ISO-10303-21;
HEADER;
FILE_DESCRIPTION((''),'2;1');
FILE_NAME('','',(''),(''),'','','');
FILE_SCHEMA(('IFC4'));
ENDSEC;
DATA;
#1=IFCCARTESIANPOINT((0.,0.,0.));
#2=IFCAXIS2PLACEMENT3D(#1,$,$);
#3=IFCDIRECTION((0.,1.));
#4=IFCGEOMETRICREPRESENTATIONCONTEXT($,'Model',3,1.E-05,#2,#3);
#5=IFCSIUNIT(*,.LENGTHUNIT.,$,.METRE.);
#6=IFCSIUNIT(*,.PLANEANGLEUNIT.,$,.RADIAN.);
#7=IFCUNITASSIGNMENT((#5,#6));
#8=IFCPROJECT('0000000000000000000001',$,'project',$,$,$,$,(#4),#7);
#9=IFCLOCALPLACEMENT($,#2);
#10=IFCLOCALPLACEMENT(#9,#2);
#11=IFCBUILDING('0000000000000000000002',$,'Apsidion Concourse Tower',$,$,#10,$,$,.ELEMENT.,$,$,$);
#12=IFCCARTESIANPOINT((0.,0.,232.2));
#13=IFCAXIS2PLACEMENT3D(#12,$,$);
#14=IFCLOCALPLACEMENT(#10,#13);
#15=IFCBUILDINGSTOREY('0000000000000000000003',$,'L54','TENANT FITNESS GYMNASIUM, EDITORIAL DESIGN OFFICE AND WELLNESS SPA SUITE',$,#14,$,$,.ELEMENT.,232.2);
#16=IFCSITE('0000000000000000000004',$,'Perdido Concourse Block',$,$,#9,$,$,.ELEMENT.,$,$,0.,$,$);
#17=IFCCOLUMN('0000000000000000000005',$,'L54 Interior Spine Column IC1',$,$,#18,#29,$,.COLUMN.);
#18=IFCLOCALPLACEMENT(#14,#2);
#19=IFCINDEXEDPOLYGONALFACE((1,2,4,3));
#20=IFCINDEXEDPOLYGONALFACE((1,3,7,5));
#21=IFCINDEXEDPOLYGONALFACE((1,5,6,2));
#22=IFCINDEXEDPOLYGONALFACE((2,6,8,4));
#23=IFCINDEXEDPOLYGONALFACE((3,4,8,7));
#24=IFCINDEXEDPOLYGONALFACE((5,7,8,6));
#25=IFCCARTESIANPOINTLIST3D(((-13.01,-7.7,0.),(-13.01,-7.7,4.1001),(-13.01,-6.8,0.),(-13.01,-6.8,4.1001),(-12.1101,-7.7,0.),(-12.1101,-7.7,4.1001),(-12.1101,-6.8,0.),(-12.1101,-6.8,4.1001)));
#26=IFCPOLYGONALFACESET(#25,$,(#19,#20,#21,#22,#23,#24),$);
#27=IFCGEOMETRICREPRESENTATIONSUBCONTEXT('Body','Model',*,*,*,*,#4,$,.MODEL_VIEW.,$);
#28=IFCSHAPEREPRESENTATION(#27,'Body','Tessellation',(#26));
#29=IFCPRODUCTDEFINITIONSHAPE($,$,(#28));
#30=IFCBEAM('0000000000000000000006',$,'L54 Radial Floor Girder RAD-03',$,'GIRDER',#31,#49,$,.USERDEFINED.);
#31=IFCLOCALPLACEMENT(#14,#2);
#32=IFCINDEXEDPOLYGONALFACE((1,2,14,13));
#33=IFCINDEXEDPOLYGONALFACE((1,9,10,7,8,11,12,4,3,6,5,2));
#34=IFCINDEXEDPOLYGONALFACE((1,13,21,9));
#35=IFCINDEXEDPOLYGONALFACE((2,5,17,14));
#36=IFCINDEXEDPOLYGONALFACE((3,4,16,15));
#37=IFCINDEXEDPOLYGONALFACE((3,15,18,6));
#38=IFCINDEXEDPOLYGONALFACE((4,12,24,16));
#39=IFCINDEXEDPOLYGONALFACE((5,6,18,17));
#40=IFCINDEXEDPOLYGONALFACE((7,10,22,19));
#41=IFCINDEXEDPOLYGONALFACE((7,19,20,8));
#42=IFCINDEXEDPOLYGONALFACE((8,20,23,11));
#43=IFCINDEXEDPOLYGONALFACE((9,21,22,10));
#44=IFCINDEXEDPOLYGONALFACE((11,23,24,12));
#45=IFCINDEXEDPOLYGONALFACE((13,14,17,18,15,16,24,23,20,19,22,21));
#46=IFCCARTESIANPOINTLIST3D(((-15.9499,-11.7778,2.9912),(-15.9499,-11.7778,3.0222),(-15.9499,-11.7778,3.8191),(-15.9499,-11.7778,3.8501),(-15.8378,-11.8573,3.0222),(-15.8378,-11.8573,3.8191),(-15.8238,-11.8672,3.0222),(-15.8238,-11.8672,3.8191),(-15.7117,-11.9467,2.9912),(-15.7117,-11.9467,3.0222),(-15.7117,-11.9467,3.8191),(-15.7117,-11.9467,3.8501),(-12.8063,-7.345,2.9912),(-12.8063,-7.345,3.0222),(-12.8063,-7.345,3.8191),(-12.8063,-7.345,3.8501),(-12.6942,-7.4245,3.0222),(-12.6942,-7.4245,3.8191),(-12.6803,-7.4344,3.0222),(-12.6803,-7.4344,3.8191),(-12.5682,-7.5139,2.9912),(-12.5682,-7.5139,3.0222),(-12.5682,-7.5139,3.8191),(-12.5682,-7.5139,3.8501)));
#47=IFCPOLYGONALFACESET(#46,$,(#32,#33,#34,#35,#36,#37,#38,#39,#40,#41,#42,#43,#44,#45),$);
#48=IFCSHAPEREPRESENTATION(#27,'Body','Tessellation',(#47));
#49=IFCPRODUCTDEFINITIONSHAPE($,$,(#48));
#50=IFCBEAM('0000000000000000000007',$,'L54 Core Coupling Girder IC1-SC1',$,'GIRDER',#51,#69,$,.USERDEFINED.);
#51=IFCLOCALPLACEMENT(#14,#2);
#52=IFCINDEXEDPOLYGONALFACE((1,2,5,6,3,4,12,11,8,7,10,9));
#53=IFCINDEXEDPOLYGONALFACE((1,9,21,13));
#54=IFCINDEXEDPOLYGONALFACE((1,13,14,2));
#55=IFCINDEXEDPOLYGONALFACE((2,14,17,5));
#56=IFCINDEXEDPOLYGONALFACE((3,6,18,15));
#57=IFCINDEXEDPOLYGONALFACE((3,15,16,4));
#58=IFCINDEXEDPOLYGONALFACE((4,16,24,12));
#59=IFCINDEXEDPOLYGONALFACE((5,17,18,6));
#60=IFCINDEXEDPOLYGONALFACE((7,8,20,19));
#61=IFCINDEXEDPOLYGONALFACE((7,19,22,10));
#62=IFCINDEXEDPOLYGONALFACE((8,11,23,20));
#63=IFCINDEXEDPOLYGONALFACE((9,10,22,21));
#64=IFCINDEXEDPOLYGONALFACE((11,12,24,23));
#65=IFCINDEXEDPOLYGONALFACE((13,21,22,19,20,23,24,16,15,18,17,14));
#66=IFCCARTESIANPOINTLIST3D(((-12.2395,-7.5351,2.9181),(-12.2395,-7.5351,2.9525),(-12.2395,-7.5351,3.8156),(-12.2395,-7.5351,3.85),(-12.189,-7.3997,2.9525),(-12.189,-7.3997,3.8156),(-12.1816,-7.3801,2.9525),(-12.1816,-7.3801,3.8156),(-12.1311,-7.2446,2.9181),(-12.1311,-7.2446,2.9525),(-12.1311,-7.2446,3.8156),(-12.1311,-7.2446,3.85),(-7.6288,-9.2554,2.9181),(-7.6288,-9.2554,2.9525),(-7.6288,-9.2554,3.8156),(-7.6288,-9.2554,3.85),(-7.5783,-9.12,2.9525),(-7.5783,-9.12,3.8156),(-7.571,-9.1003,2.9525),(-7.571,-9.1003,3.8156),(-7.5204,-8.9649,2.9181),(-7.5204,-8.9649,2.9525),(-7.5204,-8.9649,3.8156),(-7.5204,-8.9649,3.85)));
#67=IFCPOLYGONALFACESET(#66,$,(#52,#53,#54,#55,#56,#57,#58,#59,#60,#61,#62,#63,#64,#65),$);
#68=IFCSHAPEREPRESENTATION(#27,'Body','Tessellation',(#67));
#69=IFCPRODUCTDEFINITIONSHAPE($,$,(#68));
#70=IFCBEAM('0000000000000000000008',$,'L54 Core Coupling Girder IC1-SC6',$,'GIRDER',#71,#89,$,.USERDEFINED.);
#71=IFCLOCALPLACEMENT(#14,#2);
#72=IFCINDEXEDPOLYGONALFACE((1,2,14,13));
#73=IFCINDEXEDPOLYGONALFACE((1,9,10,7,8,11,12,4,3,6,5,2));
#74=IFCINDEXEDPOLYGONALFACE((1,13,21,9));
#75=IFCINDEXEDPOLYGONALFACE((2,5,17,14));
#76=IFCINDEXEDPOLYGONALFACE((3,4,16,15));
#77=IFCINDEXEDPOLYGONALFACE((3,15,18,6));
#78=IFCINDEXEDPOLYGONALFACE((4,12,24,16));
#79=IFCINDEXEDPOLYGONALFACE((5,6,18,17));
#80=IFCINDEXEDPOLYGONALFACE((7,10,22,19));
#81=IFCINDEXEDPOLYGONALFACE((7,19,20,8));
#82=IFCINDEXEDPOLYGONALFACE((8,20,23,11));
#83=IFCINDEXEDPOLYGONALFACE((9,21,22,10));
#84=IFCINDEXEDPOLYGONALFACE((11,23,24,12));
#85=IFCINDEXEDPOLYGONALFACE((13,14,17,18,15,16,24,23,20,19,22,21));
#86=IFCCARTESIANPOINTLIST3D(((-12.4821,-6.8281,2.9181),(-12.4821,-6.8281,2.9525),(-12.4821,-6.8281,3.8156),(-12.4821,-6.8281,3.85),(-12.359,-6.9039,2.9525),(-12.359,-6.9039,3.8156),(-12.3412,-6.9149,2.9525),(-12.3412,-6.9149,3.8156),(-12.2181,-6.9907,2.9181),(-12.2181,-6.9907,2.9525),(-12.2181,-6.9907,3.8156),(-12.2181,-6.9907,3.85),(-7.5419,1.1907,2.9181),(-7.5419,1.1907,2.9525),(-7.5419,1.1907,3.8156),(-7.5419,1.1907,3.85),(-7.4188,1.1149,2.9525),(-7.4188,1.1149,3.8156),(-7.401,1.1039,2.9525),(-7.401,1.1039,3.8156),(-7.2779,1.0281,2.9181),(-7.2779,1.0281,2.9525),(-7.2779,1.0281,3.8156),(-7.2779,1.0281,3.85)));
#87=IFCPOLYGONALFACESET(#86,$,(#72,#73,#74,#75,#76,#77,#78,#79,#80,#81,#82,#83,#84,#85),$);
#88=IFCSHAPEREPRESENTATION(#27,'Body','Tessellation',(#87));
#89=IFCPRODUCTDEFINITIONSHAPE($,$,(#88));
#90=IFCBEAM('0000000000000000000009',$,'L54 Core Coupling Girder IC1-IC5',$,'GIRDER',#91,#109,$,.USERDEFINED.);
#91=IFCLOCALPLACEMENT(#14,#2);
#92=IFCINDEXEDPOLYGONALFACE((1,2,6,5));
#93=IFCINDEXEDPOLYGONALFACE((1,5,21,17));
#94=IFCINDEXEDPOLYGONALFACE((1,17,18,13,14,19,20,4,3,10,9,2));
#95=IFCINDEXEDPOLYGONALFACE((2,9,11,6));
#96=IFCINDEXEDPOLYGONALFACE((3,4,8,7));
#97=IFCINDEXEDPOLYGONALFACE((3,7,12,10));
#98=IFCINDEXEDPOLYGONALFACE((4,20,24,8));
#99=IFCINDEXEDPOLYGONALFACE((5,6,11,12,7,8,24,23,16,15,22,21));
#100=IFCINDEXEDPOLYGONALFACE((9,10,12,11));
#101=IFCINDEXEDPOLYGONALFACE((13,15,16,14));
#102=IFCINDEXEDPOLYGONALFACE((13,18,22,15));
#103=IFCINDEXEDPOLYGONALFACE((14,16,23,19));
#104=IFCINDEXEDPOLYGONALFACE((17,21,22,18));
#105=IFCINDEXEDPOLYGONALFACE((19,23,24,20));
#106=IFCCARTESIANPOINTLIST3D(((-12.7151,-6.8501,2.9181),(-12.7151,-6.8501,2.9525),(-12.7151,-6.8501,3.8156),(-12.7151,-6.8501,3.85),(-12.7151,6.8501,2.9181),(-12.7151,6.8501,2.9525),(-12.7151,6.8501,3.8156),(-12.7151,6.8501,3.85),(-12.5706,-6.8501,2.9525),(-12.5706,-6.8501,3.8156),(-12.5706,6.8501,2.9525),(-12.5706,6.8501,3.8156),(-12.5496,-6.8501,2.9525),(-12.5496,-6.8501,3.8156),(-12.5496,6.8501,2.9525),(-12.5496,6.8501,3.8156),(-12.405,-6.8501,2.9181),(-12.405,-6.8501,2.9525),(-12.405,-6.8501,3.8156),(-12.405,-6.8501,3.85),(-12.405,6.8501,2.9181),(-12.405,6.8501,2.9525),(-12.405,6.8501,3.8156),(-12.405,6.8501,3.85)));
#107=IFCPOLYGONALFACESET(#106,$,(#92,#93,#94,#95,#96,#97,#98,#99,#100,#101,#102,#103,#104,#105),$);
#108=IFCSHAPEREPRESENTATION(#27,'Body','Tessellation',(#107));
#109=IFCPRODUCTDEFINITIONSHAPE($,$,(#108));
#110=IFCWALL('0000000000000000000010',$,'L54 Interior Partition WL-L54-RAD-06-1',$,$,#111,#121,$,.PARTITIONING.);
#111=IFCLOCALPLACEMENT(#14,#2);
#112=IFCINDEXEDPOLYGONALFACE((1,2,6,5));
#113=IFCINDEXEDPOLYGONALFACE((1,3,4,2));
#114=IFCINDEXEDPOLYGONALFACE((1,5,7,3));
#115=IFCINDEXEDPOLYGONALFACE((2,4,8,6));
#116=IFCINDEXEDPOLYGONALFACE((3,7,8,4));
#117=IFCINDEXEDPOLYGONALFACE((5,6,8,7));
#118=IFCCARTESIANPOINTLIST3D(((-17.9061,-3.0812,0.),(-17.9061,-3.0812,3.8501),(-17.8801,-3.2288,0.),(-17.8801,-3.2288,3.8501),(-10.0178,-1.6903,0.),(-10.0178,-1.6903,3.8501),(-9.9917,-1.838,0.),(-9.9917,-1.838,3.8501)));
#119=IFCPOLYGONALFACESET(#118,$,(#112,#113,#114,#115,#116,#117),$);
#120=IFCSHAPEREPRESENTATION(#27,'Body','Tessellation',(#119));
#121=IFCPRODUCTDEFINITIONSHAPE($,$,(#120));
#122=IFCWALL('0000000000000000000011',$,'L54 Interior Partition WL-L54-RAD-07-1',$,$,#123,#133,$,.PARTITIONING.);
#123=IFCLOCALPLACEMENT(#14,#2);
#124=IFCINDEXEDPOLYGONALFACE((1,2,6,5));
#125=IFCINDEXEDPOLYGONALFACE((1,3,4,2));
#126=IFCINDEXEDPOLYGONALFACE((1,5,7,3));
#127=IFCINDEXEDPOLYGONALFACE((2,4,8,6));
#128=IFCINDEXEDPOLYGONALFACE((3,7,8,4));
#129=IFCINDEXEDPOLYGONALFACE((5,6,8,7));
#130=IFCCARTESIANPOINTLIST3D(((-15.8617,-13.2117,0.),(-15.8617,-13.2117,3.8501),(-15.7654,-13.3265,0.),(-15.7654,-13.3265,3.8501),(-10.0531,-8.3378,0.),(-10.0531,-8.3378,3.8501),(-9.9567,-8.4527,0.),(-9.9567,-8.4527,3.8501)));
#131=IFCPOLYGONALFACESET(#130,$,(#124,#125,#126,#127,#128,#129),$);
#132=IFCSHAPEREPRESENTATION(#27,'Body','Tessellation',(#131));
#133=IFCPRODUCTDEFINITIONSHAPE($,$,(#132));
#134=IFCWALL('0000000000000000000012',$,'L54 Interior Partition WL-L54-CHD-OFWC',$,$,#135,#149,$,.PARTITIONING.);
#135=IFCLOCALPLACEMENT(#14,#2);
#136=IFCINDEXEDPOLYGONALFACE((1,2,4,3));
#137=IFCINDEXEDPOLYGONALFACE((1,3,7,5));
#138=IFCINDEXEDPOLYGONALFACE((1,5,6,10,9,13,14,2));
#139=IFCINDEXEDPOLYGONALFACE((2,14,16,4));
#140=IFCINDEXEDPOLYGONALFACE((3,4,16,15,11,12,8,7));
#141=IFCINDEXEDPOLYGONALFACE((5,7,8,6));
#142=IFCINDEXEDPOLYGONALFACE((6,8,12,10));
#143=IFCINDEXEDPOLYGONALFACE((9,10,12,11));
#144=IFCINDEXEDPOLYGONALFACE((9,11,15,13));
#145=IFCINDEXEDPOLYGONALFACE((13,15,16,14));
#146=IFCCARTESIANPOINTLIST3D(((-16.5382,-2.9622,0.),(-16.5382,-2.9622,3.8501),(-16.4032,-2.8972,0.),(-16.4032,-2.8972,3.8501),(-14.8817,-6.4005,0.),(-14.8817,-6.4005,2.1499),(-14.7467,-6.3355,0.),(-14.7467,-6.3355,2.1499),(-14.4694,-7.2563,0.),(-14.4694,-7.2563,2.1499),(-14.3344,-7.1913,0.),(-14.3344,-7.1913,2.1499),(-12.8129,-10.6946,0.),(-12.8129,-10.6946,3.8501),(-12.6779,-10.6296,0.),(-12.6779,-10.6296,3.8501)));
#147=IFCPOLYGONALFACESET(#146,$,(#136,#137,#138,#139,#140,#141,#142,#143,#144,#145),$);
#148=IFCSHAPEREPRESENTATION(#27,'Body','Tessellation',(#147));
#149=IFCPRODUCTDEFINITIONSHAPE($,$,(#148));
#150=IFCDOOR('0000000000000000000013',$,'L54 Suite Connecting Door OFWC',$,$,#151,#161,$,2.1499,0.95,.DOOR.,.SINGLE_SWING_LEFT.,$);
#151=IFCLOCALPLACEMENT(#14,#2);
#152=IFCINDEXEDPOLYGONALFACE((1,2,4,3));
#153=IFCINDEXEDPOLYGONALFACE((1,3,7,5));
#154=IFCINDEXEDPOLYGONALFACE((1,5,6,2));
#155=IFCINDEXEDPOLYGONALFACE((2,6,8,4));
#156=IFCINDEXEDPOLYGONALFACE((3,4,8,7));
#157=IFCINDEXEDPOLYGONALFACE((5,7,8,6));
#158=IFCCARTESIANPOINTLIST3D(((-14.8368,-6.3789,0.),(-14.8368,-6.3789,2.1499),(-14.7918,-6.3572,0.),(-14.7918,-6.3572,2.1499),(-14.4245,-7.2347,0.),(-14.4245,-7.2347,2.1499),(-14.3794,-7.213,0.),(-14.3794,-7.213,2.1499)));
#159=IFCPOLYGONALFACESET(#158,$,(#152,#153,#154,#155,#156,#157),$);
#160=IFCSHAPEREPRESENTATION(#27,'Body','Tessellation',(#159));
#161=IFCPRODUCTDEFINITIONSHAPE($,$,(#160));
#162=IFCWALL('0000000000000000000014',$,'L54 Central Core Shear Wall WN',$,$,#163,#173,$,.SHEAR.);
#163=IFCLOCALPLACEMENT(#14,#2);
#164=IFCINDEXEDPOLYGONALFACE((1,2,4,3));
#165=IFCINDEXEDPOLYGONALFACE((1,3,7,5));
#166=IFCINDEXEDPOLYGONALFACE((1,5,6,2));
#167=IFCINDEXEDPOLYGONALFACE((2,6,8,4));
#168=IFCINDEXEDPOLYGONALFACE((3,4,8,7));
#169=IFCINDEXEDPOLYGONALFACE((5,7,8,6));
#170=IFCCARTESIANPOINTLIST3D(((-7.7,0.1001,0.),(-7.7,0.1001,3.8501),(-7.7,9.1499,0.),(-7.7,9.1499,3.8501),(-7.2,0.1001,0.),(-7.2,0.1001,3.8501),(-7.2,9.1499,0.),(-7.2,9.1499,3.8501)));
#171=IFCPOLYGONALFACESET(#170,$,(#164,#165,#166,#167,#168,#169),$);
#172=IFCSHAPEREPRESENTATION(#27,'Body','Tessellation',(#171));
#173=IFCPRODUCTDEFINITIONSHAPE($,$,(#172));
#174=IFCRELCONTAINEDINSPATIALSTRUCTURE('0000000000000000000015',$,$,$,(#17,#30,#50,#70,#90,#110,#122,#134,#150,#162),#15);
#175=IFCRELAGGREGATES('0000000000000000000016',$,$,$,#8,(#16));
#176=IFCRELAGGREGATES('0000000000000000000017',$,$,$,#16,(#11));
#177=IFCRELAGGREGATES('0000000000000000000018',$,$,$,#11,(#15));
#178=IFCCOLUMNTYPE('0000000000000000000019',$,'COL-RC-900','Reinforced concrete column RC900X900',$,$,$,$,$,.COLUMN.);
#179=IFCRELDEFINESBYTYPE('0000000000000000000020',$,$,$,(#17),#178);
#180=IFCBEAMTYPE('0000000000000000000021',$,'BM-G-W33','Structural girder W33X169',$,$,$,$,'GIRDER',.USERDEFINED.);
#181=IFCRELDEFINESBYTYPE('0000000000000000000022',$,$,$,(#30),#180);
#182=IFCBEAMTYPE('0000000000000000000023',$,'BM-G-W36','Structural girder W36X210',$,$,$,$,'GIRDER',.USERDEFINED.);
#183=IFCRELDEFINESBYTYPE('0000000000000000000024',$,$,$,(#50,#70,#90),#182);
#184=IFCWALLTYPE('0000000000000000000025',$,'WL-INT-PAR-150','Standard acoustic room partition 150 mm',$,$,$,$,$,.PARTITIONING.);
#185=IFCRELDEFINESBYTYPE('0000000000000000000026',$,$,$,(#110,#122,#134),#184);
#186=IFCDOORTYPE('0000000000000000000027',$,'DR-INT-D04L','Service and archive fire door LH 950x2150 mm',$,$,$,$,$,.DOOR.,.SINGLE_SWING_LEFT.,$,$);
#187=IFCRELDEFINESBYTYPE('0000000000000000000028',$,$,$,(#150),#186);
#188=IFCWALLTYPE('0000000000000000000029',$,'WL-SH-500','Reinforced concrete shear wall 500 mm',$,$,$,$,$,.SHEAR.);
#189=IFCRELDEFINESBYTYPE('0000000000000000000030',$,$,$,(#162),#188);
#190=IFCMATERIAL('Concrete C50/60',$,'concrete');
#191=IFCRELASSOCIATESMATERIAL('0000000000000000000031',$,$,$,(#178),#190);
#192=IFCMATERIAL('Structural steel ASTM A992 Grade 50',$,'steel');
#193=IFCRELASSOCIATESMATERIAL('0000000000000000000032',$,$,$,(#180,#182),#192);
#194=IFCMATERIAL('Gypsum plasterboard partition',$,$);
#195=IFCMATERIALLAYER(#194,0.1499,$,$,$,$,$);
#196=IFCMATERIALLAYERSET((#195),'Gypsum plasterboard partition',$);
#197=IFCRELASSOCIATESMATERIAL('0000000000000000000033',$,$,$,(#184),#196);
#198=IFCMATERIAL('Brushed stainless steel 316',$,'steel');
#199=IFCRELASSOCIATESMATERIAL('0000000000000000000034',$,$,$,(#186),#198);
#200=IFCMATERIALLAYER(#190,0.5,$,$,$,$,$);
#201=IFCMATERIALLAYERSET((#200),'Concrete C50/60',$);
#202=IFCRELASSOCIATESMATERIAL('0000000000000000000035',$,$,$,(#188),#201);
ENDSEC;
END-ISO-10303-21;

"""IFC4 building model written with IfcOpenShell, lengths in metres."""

from ifc_helpers import new_model, si_unit, direction, frame, frame_2d, origin, origin_2d, place, context, subcontext, project, spatial, rectangle, i_section, extrude, material, layer, layer_set, material_profile, profile_set, type_object, element, fill, save


model = new_model("IFC4")

# Units and contexts
model_context = context("Model", 3, precision=1e-05, world=origin(), true_north=direction((0.0, 1.0)))
body_context = subcontext(model_context, "Body", "Model", "MODEL_VIEW")
ifc_project = project(units=[si_unit("LENGTHUNIT", "METRE"), si_unit("PLANEANGLEUNIT", "RADIAN")], contexts=[model_context])

# Site, building, storey
site_placement = place(None, origin())
site = spatial("IfcSite", under=ifc_project, at=site_placement, Name="Perdido Concourse Block", CompositionType="ELEMENT", RefElevation=0.0)
building_placement = place(site_placement, origin())
building = spatial("IfcBuilding", under=site, at=building_placement, Name="Apsidion Concourse Tower", CompositionType="ELEMENT")
storey_placement = place(building_placement, frame((0.0, 0.0, 232.2)))
storey = spatial("IfcBuildingStorey", under=building, at=storey_placement, Name="L54", Description="TENANT FITNESS GYMNASIUM, EDITORIAL DESIGN OFFICE AND WELLNESS SPA SUITE", CompositionType="ELEMENT", Elevation=232.2)

# Column
ifc_material_1 = material(Name="Concrete C50/60", Category="concrete")
ifc_material_profile_1 = material_profile(ifc_material_1, rectangle(XDim=0.8999, YDim=0.8999, at=origin_2d()), Name="RC 900x900")
ifc_profile_set_1 = profile_set([ifc_material_profile_1], Name="Concrete C50/60")
column_type = type_object("IfcColumnType", Name="COL-RC-900", Description="Reinforced concrete column RC900X900", PredefinedType="COLUMN", material=ifc_profile_set_1)
column_placement = place(storey_placement, frame((-12.5601, -7.25, 0.0), z_axis=(0.0, 0.0, 1.0), x_axis=(1.0, 0.0, 0.0)))
element("IfcColumn", 1, at=column_placement, inside=storey, type_object=column_type, Name="L54 Interior Spine Column IC1", PredefinedType="COLUMN", context=body_context, shape_type="SweptSolid", body=[
    extrude(rectangle(XDim=0.8999, YDim=0.8999, at=origin_2d()), origin(), (0.0, 0.0, 1.0), 4.1001),
])

# Beams
ifc_material_2 = material(Name="Structural steel ASTM A992 Grade 50", Category="steel")
ifc_material_profile_2 = material_profile(ifc_material_2, i_section(OverallWidth=0.292, OverallDepth=0.8589, WebThickness=0.0171, FlangeThickness=0.031, at=origin_2d()), Name="W33X169")
ifc_profile_set_2 = profile_set([ifc_material_profile_2], Name="Structural steel ASTM A992 Grade 50")
beam_type_1 = type_object("IfcBeamType", Name="BM-G-W33", Description="Structural girder W33X169", ElementType="GIRDER", PredefinedType="USERDEFINED", material=ifc_profile_set_2)
beam_1_placement = place(storey_placement, frame((-12.6873, -7.4294, 3.4207), z_axis=(-0.57846, -0.815711, 0.0), x_axis=(0.815711, -0.57846, 0.0)))
element("IfcBeam", 2, at=beam_1_placement, inside=storey, type_object=beam_type_1, Name="L54 Radial Floor Girder RAD-03", ObjectType="GIRDER", PredefinedType="USERDEFINED", context=body_context, shape_type="SweptSolid", body=[
    extrude(i_section(OverallWidth=0.292, OverallDepth=0.8589, WebThickness=0.0171, FlangeThickness=0.031, at=origin_2d()), origin(), (0.0, 0.0, 1.0), 5.4343),
])
ifc_material_profile_3 = material_profile(ifc_material_2, i_section(OverallWidth=0.3101, OverallDepth=0.9319, WebThickness=0.021, FlangeThickness=0.0344, at=origin_2d()), Name="W36X210")
ifc_profile_set_3 = profile_set([ifc_material_profile_3], Name="Structural steel ASTM A992 Grade 50")
beam_type_2 = type_object("IfcBeamType", Name="BM-G-W36", Description="Structural girder W36X210", ElementType="GIRDER", PredefinedType="USERDEFINED", material=ifc_profile_set_3)
beam_2_placement = place(storey_placement, frame((-12.1853, -7.3899, 3.384), z_axis=(0.936913, -0.349563, 0.0), x_axis=(0.349563, 0.936913, 0.0)))
element("IfcBeam", 3, at=beam_2_placement, inside=storey, type_object=beam_type_2, Name="L54 Core Coupling Girder IC1-SC1", ObjectType="GIRDER", PredefinedType="USERDEFINED", context=body_context, shape_type="SweptSolid", body=[
    extrude(i_section(OverallWidth=0.3101, OverallDepth=0.9319, WebThickness=0.021, FlangeThickness=0.0344, at=origin_2d()), origin(), (0.0, 0.0, 1.0), 4.9211),
])
beam_3_placement = place(storey_placement, frame((-12.3501, -6.9094, 3.384), z_axis=(0.524524, 0.851396, 0.0), x_axis=(-0.851396, 0.524524, 0.0)))
element("IfcBeam", 4, at=beam_3_placement, inside=storey, type_object=beam_type_2, Name="L54 Core Coupling Girder IC1-SC6", ObjectType="GIRDER", PredefinedType="USERDEFINED", context=body_context, shape_type="SweptSolid", body=[
    extrude(i_section(OverallWidth=0.3101, OverallDepth=0.9319, WebThickness=0.021, FlangeThickness=0.0344, at=origin_2d()), origin(), (0.0, 0.0, 1.0), 9.4185),
])
beam_4_placement = place(storey_placement, frame((-12.5601, -6.8501, 3.384), z_axis=(0.0, 1.0, 0.0), x_axis=(-1.0, 0.0, 0.0)))
element("IfcBeam", 5, at=beam_4_placement, inside=storey, type_object=beam_type_2, Name="L54 Core Coupling Girder IC1-IC5", ObjectType="GIRDER", PredefinedType="USERDEFINED", context=body_context, shape_type="SweptSolid", body=[
    extrude(i_section(OverallWidth=0.3101, OverallDepth=0.9319, WebThickness=0.021, FlangeThickness=0.0344, at=origin_2d()), origin(), (0.0, 0.0, 1.0), 13.7002),
])

# Walls
ifc_material_3 = material(Name="Gypsum plasterboard partition")
ifc_layer_1 = layer(ifc_material_3, 0.1499)
ifc_layer_set_1 = layer_set([ifc_layer_1], Name="Gypsum plasterboard partition")
wall_type_1 = type_object("IfcWallType", Name="WL-INT-PAR-150", Description="Standard acoustic room partition 150 mm", PredefinedType="PARTITIONING", material=ifc_layer_set_1)
wall_1_placement = place(storey_placement, frame((-10.0049, -1.7642, 0.0), z_axis=(0.0, 0.0, 1.0), x_axis=(-0.984809, -0.173639, 0.0)))
element("IfcWall", 6, at=wall_1_placement, inside=storey, type_object=wall_type_1, Name="L54 Interior Partition WL-L54-RAD-06-1", PredefinedType="PARTITIONING", context=body_context, shape_type="SweptSolid", body=[
    extrude(rectangle(XDim=8.01, YDim=0.1499, at=frame_2d((4.0049, 0.0))), origin(), (0.0, 0.0, 1.0), 3.8501),
])
wall_2_placement = place(storey_placement, frame((-10.0049, -8.3953, 0.0), z_axis=(0.0, 0.0, 1.0), x_axis=(-0.766058, -0.642771, 0.0)))
element("IfcWall", 7, at=wall_2_placement, inside=storey, type_object=wall_type_1, Name="L54 Interior Partition WL-L54-RAD-07-1", PredefinedType="PARTITIONING", context=body_context, shape_type="SweptSolid", body=[
    extrude(rectangle(XDim=7.5825, YDim=0.1499, at=frame_2d((3.7913, 0.0))), origin(), (0.0, 0.0, 1.0), 3.8501),
])

# Wall, opening, door
wall_3_placement = place(storey_placement, frame((-16.4707, -2.9297, 0.0), z_axis=(0.0, 0.0, 1.0), x_axis=(0.434035, -0.900896, 0.0)))
wall_3 = element("IfcWall", 8, at=wall_3_placement, inside=storey, type_object=wall_type_1, Name="L54 Interior Partition WL-L54-CHD-OFWC", PredefinedType="PARTITIONING", context=body_context, shape_type="SweptSolid", body=[
    extrude(rectangle(XDim=8.583, YDim=0.1499, at=frame_2d((4.2915, 0.0))), origin(), (0.0, 0.0, 1.0), 3.8501),
])
opening_1_placement = place(wall_3_placement, frame((3.8164, 0.0, 0.0)))
opening_1 = element("IfcOpeningElement", 9, at=opening_1_placement, cuts=wall_3, PredefinedType="OPENING", context=body_context, shape_type="SweptSolid", body=[
    extrude(rectangle(XDim=0.95, YDim=2.1499, at=frame_2d((0.4751, 1.075))), frame((0.0, 0.085, 0.0), z_axis=(0.0, -1.0, 0.0), x_axis=(1.0, 0.0, 0.0)), (0.0, 0.0, 1.0), 0.1699),
])
ifc_material_4 = material(Name="Brushed stainless steel 316", Category="steel")
door_type_1 = type_object("IfcDoorType", Name="DR-INT-D04L", Description="Service and archive fire door LH 950x2150 mm", OperationType="SINGLE_SWING_LEFT", PredefinedType="DOOR", material=ifc_material_4)
door_1_placement = place(opening_1_placement, origin())
door_1 = element("IfcDoor", 10, at=door_1_placement, inside=storey, type_object=door_type_1, Name="L54 Suite Connecting Door OFWC", OperationType="SINGLE_SWING_LEFT", OverallHeight=2.1499, OverallWidth=0.95, PredefinedType="DOOR", context=body_context, shape_type="SweptSolid", body=[
    extrude(rectangle(XDim=0.95, YDim=2.1499, at=frame_2d((0.4751, 1.075))), frame((0.0, 0.0249, 0.0), z_axis=(0.0, -1.0, 0.0), x_axis=(1.0, 0.0, 0.0)), (0.0, 0.0, 1.0), 0.05),
])
fill(opening_1, door_1)

# Wall
ifc_layer_2 = layer(ifc_material_1, 0.5)
ifc_layer_set_2 = layer_set([ifc_layer_2], Name="Concrete C50/60")
wall_type_2 = type_object("IfcWallType", Name="WL-SH-500", Description="Reinforced concrete shear wall 500 mm", PredefinedType="SHEAR", material=ifc_layer_set_2)
wall_4_placement = place(storey_placement, frame((-7.45, 0.1001, 0.0), z_axis=(0.0, 0.0, 1.0), x_axis=(0.0, 1.0, 0.0)))
element("IfcWall", 11, at=wall_4_placement, inside=storey, type_object=wall_type_2, Name="L54 Central Core Shear Wall WN", PredefinedType="SHEAR", context=body_context, shape_type="SweptSolid", body=[
    extrude(rectangle(XDim=9.0498, YDim=0.5, at=frame_2d((4.5249, 0.0))), origin(), (0.0, 0.0, 1.0), 3.8501),
])

save(model, "model.ifc")
